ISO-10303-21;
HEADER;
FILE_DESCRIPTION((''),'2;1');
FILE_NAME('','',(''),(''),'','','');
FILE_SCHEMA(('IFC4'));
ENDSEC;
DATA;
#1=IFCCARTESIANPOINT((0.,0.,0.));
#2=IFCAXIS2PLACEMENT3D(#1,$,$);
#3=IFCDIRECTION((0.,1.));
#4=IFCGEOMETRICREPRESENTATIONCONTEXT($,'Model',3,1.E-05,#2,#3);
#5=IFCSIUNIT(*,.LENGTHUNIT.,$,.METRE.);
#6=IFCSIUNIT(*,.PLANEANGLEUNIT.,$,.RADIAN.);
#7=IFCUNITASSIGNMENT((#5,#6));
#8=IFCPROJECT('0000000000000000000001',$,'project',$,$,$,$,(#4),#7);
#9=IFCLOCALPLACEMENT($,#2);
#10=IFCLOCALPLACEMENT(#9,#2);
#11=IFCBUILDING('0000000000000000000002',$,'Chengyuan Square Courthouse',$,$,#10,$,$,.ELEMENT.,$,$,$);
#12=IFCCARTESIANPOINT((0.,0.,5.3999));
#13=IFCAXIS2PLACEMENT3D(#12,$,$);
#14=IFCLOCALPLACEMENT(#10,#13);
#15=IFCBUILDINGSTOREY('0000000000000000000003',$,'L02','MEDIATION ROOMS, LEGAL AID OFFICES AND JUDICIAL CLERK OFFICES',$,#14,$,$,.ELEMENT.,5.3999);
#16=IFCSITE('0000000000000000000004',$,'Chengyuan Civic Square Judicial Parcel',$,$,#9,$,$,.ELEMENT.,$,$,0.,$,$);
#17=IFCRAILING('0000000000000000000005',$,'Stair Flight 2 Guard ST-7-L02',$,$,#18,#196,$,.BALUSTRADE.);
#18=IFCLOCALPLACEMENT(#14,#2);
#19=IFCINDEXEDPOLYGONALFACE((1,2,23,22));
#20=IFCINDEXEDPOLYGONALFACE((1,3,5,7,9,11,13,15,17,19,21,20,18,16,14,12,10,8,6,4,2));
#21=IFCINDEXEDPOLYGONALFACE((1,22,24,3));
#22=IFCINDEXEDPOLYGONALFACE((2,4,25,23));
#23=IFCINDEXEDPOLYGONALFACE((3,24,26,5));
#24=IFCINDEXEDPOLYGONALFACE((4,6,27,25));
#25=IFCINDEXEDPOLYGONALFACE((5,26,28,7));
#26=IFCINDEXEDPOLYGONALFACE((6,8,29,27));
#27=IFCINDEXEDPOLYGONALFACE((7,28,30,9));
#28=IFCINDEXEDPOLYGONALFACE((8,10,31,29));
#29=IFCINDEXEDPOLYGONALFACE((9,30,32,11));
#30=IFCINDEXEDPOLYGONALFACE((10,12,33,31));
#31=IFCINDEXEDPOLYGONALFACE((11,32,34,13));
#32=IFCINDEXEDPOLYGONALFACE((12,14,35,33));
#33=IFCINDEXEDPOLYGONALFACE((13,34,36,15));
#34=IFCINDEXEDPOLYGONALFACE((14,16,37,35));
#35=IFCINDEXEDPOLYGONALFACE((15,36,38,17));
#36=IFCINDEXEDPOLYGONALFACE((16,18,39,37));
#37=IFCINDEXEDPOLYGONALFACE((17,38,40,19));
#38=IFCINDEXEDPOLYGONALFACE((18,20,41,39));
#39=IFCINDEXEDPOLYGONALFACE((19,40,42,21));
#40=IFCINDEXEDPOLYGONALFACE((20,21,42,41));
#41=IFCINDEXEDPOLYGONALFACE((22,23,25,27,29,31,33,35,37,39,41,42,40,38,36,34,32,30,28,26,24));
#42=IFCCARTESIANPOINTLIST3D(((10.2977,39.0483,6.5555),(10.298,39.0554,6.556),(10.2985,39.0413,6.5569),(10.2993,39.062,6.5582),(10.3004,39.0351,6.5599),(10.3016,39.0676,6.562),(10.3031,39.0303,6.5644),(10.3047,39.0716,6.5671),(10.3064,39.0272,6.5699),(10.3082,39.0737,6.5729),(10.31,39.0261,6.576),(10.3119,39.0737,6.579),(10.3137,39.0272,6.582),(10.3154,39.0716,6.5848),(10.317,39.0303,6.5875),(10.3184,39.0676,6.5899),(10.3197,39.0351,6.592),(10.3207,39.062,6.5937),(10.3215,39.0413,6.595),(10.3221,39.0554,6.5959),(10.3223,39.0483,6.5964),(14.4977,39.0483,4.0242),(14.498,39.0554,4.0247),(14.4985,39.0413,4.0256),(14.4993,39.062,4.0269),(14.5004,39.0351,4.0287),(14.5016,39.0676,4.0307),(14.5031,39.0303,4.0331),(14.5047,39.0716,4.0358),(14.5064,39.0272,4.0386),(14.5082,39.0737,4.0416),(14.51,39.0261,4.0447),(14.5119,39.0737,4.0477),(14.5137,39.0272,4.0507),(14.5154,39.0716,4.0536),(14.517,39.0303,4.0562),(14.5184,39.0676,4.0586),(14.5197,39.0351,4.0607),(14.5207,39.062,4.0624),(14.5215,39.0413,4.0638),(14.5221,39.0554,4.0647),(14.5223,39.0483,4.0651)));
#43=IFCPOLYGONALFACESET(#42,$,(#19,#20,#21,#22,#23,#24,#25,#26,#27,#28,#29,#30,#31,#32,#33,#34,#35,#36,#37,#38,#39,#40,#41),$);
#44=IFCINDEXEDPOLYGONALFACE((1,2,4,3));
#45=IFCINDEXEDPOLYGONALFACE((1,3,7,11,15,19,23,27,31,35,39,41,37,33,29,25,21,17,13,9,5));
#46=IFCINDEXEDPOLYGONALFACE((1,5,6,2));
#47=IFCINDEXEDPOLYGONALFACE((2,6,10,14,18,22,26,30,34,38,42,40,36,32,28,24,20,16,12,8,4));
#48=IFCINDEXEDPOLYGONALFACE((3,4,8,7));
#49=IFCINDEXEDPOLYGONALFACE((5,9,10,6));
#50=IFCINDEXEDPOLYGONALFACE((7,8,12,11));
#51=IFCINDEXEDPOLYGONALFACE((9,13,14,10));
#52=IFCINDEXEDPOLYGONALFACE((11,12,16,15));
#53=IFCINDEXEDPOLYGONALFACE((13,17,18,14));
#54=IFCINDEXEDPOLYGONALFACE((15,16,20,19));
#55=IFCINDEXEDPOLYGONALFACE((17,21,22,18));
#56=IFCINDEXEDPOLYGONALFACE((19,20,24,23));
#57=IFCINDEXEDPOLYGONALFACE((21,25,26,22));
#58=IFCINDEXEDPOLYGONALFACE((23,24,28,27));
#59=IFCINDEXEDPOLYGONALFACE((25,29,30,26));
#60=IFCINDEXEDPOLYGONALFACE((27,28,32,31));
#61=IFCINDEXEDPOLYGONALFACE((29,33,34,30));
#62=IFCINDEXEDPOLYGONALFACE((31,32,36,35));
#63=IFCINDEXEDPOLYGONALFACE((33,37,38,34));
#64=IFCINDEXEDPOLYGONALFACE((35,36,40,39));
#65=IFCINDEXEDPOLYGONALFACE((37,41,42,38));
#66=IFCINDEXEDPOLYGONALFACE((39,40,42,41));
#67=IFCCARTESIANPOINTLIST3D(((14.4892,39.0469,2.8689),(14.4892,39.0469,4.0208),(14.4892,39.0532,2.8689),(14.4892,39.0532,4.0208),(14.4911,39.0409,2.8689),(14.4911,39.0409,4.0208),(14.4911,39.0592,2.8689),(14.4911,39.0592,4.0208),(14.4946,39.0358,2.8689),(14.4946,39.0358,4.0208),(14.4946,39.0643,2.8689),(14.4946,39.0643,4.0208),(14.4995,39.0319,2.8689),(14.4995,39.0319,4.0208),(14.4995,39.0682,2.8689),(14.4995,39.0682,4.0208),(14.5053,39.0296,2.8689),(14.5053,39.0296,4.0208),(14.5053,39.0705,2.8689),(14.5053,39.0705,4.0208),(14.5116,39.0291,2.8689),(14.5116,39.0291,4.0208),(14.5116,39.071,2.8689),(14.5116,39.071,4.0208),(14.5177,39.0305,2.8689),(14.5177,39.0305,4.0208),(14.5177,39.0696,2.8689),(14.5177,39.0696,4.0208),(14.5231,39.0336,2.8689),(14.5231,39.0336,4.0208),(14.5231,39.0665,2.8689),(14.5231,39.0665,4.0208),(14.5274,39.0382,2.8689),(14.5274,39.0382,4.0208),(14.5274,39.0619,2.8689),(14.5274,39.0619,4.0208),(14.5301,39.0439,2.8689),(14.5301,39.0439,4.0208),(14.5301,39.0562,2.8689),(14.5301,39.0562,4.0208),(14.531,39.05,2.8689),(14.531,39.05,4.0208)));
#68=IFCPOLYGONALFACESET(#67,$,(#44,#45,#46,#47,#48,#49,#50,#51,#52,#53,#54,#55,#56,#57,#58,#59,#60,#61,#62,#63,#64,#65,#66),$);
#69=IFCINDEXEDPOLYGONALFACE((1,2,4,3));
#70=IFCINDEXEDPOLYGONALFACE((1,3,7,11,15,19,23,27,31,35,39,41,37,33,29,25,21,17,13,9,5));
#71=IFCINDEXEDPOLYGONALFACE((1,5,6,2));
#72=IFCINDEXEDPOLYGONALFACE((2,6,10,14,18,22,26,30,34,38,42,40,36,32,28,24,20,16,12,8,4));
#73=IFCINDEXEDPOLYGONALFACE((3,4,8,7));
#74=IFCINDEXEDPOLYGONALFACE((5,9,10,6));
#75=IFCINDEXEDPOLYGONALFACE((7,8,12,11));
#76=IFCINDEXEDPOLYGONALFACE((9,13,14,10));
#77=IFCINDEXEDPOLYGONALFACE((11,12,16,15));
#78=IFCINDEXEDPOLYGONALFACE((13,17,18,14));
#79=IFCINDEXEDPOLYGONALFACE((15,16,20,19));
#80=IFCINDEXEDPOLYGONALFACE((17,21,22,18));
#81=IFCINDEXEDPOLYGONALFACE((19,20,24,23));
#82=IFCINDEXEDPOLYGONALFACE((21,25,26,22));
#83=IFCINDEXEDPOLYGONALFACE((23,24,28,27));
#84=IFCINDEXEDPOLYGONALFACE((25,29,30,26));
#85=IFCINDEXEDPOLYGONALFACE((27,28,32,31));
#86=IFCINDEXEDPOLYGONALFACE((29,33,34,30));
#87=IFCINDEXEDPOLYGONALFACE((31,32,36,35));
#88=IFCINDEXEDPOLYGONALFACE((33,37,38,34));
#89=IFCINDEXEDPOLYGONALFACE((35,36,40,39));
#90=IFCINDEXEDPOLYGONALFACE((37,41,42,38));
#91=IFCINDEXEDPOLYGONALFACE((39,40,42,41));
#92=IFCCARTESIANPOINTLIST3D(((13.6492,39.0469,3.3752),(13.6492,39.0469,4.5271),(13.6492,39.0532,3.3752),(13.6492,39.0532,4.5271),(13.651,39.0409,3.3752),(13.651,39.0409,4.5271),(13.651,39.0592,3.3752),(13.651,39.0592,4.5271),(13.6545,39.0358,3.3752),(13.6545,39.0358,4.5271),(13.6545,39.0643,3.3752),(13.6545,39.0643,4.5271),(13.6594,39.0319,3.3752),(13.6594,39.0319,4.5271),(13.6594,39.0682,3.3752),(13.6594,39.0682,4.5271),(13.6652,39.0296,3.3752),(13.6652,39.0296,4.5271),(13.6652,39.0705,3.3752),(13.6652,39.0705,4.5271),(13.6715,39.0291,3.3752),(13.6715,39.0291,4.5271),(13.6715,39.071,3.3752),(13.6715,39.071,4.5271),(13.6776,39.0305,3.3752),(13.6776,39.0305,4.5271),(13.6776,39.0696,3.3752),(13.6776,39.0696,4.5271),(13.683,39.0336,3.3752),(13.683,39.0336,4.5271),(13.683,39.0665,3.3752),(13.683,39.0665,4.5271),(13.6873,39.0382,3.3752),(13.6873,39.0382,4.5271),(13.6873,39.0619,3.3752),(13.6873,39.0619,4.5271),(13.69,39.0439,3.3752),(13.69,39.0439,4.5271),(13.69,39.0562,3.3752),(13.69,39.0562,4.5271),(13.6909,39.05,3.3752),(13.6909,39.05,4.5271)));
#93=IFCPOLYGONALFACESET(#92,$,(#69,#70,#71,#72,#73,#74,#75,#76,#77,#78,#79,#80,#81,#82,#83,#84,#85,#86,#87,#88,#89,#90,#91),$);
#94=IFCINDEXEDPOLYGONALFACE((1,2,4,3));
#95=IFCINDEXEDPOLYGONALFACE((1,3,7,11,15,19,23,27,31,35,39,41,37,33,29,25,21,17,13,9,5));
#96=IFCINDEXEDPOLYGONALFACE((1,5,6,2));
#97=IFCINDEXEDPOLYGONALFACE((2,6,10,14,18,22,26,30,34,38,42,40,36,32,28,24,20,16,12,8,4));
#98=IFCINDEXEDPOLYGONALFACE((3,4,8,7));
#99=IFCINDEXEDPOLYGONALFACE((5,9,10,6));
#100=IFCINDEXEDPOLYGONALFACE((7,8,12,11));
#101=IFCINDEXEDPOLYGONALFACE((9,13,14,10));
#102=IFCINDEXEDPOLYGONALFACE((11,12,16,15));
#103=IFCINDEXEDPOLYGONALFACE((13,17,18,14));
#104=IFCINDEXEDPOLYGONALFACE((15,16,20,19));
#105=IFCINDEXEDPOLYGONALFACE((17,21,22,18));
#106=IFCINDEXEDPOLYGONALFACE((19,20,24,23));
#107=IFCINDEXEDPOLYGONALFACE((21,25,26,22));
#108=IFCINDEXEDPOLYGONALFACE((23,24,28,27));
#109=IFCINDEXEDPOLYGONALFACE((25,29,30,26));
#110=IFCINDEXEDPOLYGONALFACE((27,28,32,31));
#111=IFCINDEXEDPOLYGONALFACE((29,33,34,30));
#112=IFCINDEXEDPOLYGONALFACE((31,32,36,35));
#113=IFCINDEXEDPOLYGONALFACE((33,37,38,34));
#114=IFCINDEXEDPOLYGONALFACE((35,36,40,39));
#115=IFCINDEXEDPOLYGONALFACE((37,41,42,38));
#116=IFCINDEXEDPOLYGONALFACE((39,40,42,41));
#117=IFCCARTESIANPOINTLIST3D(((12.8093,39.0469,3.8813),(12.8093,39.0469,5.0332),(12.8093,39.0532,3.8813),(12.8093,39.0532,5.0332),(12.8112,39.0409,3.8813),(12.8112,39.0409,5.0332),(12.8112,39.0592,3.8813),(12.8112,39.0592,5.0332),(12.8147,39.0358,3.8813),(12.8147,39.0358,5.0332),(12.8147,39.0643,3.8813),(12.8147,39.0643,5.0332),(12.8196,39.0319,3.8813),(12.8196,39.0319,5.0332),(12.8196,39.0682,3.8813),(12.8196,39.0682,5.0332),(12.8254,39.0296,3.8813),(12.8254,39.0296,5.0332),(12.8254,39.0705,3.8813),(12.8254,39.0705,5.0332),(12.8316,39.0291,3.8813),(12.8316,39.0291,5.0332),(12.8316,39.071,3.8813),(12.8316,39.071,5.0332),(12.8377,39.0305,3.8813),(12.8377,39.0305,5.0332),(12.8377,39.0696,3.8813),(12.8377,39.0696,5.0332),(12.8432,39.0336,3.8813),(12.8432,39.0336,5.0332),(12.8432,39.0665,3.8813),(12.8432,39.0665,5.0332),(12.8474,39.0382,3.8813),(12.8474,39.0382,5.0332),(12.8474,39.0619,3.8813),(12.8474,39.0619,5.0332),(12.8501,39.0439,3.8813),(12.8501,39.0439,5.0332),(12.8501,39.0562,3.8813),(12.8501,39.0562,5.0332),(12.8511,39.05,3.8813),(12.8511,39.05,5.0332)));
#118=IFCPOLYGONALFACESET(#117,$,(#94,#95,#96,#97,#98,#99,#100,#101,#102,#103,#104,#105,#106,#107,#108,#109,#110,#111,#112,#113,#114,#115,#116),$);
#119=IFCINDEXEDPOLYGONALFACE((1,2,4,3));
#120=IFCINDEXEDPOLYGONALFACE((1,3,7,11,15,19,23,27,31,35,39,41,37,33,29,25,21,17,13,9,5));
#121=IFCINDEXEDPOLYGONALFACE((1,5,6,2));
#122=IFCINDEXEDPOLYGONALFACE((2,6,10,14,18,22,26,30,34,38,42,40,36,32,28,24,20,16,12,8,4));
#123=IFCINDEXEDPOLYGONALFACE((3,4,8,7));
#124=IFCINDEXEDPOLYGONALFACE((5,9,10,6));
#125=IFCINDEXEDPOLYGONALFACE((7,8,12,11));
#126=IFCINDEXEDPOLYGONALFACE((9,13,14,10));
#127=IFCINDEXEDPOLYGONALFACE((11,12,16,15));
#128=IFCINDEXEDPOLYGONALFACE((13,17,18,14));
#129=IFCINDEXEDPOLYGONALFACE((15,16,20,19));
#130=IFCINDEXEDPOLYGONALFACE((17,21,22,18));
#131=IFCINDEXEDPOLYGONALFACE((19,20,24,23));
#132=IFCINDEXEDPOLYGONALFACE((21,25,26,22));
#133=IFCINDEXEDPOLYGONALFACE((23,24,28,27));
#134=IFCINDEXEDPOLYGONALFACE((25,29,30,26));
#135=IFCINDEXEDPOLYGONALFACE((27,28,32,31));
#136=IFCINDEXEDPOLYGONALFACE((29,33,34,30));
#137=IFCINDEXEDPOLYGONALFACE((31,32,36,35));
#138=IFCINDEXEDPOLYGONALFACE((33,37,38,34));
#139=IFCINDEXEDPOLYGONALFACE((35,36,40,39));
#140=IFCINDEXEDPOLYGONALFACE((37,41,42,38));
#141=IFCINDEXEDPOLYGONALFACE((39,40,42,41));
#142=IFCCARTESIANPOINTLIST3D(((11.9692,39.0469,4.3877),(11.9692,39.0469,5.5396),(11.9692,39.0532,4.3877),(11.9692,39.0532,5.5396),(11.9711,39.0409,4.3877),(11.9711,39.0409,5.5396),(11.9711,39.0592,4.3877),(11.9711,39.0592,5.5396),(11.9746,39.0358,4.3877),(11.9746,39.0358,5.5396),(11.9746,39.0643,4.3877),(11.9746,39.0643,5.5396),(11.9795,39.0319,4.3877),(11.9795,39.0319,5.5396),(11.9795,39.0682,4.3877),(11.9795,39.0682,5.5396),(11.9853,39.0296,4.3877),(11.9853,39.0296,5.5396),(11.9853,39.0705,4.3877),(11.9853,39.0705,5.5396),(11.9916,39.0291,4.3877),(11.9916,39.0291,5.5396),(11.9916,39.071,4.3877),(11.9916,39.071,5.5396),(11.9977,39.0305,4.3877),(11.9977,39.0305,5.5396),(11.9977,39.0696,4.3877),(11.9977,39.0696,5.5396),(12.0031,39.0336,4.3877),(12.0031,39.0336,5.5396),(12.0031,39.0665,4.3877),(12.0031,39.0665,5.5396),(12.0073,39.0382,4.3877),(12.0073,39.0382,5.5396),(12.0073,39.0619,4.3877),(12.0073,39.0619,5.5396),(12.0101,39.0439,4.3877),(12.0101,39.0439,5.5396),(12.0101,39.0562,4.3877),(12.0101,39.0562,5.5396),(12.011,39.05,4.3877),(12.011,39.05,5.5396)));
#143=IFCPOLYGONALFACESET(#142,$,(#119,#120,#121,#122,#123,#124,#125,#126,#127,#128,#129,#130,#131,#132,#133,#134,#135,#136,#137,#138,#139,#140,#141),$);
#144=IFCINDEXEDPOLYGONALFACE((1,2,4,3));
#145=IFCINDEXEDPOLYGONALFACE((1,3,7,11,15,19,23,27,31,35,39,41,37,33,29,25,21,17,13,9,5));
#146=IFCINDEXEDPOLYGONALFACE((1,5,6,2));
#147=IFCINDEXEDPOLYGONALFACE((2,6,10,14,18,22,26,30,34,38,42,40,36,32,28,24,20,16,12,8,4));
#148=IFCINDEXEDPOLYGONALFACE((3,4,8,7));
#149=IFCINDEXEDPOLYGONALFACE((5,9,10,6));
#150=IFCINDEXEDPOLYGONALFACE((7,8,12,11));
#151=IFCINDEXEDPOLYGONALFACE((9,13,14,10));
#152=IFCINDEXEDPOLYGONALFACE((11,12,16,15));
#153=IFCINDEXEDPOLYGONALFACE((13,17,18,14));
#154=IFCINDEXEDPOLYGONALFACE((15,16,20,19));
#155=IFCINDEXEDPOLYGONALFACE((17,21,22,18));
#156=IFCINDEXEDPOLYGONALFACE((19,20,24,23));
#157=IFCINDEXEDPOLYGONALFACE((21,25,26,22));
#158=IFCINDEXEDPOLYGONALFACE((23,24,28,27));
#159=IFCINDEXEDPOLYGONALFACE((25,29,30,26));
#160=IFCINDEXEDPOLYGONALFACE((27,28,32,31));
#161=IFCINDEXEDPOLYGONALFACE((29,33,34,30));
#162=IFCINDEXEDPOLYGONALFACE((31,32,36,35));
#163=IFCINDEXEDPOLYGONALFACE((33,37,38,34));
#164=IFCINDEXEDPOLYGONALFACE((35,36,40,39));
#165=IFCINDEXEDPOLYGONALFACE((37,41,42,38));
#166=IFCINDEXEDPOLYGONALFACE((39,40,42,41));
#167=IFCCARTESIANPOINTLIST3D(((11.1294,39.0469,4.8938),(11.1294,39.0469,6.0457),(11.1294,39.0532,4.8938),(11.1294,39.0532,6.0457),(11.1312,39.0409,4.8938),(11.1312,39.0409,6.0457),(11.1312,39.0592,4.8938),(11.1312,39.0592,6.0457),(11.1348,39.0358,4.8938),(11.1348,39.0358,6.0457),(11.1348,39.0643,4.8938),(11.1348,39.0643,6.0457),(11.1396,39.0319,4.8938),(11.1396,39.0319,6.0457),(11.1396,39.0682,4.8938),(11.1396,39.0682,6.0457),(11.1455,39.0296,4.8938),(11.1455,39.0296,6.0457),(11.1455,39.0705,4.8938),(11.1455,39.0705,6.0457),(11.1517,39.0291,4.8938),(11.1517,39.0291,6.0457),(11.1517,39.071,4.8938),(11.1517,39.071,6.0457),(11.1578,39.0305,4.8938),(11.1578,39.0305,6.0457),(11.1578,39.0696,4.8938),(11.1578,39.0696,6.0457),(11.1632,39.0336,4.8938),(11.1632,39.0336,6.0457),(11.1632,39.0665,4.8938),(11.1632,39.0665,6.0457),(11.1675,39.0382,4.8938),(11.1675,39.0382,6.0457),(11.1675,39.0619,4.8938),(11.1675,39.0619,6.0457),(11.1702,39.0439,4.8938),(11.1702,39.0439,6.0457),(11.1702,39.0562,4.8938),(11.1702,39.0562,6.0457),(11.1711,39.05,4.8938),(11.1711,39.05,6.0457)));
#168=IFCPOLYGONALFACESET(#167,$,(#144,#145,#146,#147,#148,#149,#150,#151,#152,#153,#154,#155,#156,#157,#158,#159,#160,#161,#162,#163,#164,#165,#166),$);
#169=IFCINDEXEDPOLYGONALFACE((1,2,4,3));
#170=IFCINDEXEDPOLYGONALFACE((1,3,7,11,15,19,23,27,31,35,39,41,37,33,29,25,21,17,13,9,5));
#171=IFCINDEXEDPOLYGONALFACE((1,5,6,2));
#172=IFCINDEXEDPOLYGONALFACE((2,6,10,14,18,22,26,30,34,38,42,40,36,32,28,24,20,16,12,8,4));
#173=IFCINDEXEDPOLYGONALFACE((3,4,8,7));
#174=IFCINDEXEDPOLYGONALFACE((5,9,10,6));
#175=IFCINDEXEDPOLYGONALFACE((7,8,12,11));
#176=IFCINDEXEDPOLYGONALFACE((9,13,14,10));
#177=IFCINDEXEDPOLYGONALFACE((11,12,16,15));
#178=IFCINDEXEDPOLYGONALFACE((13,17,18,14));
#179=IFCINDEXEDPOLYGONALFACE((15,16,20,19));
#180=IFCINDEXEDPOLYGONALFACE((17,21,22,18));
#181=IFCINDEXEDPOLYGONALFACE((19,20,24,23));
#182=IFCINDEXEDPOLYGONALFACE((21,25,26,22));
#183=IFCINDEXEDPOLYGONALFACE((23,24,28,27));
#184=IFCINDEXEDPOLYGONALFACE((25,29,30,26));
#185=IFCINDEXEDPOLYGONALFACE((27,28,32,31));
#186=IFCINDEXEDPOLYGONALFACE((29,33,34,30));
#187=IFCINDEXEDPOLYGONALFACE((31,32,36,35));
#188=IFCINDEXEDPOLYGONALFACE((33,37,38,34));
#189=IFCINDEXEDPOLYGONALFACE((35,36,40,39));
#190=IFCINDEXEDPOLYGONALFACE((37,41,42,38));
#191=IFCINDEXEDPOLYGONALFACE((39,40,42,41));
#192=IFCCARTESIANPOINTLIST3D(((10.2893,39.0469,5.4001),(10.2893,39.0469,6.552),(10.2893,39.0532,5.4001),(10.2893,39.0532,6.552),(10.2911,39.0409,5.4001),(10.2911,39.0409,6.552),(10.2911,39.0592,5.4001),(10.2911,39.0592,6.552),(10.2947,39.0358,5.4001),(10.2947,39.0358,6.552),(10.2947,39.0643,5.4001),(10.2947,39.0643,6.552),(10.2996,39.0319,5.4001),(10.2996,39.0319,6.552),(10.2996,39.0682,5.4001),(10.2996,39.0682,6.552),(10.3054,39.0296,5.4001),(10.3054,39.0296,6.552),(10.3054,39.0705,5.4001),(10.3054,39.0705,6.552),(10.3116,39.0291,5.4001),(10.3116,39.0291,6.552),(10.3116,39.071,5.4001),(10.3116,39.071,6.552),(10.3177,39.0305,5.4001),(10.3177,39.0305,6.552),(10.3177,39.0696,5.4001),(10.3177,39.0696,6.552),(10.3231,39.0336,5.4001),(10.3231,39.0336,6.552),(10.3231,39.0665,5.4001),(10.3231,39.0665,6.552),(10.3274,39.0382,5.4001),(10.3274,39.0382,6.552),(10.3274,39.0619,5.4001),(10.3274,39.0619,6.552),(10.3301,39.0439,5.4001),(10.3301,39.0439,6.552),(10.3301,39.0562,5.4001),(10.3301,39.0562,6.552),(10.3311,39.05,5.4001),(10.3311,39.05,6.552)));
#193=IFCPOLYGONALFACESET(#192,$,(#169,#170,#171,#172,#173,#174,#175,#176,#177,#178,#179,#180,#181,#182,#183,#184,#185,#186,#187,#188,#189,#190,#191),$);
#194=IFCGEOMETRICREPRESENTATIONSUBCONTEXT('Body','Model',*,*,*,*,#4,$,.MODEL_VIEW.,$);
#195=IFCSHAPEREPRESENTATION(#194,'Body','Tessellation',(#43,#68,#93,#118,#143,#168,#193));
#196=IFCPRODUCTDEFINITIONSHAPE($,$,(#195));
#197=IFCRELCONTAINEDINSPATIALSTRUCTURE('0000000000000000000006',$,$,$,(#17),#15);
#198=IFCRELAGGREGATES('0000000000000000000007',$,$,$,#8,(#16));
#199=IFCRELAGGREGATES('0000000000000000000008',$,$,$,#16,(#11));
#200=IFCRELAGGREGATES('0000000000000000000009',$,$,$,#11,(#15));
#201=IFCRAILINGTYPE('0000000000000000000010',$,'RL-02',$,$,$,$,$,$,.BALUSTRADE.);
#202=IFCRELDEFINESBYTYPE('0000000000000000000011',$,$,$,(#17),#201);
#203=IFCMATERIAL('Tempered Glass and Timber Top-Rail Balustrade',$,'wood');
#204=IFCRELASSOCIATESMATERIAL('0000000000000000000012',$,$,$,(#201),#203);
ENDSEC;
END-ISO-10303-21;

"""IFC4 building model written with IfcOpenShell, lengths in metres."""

from ifc_helpers import new_model, si_unit, direction, frame, origin, origin_2d, place, context, subcontext, project, spatial, circle, extrude, material, type_object, element, save


model = new_model("IFC4")

# Units and contexts
model_context = context("Model", 3, precision=1e-05, world=origin(), true_north=direction((0.0, 1.0)))
body_context = subcontext(model_context, "Body", "Model", "MODEL_VIEW")
ifc_project = project(units=[si_unit("LENGTHUNIT", "METRE"), si_unit("PLANEANGLEUNIT", "RADIAN")], contexts=[model_context])

# Site, building, storey
site_placement = place(None, origin())
site = spatial("IfcSite", under=ifc_project, at=site_placement, Name="Chengyuan Civic Square Judicial Parcel", CompositionType="ELEMENT", RefElevation=0.0)
building_placement = place(site_placement, origin())
building = spatial("IfcBuilding", under=site, at=building_placement, Name="Chengyuan Square Courthouse", CompositionType="ELEMENT")
storey_placement = place(building_placement, frame((0.0, 0.0, 5.3999)))
storey = spatial("IfcBuildingStorey", under=building, at=storey_placement, Name="L02", Description="MEDIATION ROOMS, LEGAL AID OFFICES AND JUDICIAL CLERK OFFICES", CompositionType="ELEMENT", Elevation=5.3999)

# Railing
ifc_material_1 = material(Name="Tempered Glass and Timber Top-Rail Balustrade", Category="wood")
railing_type_1 = type_object("IfcRailingType", Name="RL-02", PredefinedType="BALUSTRADE", material=ifc_material_1)
railing_1_placement = place(storey_placement, frame((14.51, 39.05, 2.8689)))
element("IfcRailing", 1, at=railing_1_placement, inside=storey, type_object=railing_type_1, Name="Stair Flight 2 Guard ST-7-L02", PredefinedType="BALUSTRADE", context=body_context, shape_type="SweptSolid", body=[
    extrude(circle(Radius=0.0239, at=origin_2d()), frame((0.0, 0.0, 1.1758), z_axis=(-0.856476, 0.0, 0.516186), x_axis=(0.0, -1.0, 0.0)), (0.0, 0.0, 1.0), 4.9038),
    extrude(circle(Radius=0.021, at=origin_2d()), origin(), (0.0, 0.0, 1.0), 1.1519),
    extrude(circle(Radius=0.021, at=origin_2d()), frame((-0.8401, 0.0, 0.5063)), (0.0, 0.0, 1.0), 1.1519),
    extrude(circle(Radius=0.021, at=origin_2d()), frame((-1.6799, 0.0, 1.0125)), (0.0, 0.0, 1.0), 1.1519),
    extrude(circle(Radius=0.021, at=origin_2d()), frame((-2.52, 0.0, 1.5188)), (0.0, 0.0, 1.0), 1.1519),
    extrude(circle(Radius=0.021, at=origin_2d()), frame((-3.3599, 0.0, 2.0249)), (0.0, 0.0, 1.0), 1.1519),
    extrude(circle(Radius=0.021, at=origin_2d()), frame((-4.2, 0.0, 2.5312)), (0.0, 0.0, 1.0), 1.1519),
])

save(model, "model.ifc")
